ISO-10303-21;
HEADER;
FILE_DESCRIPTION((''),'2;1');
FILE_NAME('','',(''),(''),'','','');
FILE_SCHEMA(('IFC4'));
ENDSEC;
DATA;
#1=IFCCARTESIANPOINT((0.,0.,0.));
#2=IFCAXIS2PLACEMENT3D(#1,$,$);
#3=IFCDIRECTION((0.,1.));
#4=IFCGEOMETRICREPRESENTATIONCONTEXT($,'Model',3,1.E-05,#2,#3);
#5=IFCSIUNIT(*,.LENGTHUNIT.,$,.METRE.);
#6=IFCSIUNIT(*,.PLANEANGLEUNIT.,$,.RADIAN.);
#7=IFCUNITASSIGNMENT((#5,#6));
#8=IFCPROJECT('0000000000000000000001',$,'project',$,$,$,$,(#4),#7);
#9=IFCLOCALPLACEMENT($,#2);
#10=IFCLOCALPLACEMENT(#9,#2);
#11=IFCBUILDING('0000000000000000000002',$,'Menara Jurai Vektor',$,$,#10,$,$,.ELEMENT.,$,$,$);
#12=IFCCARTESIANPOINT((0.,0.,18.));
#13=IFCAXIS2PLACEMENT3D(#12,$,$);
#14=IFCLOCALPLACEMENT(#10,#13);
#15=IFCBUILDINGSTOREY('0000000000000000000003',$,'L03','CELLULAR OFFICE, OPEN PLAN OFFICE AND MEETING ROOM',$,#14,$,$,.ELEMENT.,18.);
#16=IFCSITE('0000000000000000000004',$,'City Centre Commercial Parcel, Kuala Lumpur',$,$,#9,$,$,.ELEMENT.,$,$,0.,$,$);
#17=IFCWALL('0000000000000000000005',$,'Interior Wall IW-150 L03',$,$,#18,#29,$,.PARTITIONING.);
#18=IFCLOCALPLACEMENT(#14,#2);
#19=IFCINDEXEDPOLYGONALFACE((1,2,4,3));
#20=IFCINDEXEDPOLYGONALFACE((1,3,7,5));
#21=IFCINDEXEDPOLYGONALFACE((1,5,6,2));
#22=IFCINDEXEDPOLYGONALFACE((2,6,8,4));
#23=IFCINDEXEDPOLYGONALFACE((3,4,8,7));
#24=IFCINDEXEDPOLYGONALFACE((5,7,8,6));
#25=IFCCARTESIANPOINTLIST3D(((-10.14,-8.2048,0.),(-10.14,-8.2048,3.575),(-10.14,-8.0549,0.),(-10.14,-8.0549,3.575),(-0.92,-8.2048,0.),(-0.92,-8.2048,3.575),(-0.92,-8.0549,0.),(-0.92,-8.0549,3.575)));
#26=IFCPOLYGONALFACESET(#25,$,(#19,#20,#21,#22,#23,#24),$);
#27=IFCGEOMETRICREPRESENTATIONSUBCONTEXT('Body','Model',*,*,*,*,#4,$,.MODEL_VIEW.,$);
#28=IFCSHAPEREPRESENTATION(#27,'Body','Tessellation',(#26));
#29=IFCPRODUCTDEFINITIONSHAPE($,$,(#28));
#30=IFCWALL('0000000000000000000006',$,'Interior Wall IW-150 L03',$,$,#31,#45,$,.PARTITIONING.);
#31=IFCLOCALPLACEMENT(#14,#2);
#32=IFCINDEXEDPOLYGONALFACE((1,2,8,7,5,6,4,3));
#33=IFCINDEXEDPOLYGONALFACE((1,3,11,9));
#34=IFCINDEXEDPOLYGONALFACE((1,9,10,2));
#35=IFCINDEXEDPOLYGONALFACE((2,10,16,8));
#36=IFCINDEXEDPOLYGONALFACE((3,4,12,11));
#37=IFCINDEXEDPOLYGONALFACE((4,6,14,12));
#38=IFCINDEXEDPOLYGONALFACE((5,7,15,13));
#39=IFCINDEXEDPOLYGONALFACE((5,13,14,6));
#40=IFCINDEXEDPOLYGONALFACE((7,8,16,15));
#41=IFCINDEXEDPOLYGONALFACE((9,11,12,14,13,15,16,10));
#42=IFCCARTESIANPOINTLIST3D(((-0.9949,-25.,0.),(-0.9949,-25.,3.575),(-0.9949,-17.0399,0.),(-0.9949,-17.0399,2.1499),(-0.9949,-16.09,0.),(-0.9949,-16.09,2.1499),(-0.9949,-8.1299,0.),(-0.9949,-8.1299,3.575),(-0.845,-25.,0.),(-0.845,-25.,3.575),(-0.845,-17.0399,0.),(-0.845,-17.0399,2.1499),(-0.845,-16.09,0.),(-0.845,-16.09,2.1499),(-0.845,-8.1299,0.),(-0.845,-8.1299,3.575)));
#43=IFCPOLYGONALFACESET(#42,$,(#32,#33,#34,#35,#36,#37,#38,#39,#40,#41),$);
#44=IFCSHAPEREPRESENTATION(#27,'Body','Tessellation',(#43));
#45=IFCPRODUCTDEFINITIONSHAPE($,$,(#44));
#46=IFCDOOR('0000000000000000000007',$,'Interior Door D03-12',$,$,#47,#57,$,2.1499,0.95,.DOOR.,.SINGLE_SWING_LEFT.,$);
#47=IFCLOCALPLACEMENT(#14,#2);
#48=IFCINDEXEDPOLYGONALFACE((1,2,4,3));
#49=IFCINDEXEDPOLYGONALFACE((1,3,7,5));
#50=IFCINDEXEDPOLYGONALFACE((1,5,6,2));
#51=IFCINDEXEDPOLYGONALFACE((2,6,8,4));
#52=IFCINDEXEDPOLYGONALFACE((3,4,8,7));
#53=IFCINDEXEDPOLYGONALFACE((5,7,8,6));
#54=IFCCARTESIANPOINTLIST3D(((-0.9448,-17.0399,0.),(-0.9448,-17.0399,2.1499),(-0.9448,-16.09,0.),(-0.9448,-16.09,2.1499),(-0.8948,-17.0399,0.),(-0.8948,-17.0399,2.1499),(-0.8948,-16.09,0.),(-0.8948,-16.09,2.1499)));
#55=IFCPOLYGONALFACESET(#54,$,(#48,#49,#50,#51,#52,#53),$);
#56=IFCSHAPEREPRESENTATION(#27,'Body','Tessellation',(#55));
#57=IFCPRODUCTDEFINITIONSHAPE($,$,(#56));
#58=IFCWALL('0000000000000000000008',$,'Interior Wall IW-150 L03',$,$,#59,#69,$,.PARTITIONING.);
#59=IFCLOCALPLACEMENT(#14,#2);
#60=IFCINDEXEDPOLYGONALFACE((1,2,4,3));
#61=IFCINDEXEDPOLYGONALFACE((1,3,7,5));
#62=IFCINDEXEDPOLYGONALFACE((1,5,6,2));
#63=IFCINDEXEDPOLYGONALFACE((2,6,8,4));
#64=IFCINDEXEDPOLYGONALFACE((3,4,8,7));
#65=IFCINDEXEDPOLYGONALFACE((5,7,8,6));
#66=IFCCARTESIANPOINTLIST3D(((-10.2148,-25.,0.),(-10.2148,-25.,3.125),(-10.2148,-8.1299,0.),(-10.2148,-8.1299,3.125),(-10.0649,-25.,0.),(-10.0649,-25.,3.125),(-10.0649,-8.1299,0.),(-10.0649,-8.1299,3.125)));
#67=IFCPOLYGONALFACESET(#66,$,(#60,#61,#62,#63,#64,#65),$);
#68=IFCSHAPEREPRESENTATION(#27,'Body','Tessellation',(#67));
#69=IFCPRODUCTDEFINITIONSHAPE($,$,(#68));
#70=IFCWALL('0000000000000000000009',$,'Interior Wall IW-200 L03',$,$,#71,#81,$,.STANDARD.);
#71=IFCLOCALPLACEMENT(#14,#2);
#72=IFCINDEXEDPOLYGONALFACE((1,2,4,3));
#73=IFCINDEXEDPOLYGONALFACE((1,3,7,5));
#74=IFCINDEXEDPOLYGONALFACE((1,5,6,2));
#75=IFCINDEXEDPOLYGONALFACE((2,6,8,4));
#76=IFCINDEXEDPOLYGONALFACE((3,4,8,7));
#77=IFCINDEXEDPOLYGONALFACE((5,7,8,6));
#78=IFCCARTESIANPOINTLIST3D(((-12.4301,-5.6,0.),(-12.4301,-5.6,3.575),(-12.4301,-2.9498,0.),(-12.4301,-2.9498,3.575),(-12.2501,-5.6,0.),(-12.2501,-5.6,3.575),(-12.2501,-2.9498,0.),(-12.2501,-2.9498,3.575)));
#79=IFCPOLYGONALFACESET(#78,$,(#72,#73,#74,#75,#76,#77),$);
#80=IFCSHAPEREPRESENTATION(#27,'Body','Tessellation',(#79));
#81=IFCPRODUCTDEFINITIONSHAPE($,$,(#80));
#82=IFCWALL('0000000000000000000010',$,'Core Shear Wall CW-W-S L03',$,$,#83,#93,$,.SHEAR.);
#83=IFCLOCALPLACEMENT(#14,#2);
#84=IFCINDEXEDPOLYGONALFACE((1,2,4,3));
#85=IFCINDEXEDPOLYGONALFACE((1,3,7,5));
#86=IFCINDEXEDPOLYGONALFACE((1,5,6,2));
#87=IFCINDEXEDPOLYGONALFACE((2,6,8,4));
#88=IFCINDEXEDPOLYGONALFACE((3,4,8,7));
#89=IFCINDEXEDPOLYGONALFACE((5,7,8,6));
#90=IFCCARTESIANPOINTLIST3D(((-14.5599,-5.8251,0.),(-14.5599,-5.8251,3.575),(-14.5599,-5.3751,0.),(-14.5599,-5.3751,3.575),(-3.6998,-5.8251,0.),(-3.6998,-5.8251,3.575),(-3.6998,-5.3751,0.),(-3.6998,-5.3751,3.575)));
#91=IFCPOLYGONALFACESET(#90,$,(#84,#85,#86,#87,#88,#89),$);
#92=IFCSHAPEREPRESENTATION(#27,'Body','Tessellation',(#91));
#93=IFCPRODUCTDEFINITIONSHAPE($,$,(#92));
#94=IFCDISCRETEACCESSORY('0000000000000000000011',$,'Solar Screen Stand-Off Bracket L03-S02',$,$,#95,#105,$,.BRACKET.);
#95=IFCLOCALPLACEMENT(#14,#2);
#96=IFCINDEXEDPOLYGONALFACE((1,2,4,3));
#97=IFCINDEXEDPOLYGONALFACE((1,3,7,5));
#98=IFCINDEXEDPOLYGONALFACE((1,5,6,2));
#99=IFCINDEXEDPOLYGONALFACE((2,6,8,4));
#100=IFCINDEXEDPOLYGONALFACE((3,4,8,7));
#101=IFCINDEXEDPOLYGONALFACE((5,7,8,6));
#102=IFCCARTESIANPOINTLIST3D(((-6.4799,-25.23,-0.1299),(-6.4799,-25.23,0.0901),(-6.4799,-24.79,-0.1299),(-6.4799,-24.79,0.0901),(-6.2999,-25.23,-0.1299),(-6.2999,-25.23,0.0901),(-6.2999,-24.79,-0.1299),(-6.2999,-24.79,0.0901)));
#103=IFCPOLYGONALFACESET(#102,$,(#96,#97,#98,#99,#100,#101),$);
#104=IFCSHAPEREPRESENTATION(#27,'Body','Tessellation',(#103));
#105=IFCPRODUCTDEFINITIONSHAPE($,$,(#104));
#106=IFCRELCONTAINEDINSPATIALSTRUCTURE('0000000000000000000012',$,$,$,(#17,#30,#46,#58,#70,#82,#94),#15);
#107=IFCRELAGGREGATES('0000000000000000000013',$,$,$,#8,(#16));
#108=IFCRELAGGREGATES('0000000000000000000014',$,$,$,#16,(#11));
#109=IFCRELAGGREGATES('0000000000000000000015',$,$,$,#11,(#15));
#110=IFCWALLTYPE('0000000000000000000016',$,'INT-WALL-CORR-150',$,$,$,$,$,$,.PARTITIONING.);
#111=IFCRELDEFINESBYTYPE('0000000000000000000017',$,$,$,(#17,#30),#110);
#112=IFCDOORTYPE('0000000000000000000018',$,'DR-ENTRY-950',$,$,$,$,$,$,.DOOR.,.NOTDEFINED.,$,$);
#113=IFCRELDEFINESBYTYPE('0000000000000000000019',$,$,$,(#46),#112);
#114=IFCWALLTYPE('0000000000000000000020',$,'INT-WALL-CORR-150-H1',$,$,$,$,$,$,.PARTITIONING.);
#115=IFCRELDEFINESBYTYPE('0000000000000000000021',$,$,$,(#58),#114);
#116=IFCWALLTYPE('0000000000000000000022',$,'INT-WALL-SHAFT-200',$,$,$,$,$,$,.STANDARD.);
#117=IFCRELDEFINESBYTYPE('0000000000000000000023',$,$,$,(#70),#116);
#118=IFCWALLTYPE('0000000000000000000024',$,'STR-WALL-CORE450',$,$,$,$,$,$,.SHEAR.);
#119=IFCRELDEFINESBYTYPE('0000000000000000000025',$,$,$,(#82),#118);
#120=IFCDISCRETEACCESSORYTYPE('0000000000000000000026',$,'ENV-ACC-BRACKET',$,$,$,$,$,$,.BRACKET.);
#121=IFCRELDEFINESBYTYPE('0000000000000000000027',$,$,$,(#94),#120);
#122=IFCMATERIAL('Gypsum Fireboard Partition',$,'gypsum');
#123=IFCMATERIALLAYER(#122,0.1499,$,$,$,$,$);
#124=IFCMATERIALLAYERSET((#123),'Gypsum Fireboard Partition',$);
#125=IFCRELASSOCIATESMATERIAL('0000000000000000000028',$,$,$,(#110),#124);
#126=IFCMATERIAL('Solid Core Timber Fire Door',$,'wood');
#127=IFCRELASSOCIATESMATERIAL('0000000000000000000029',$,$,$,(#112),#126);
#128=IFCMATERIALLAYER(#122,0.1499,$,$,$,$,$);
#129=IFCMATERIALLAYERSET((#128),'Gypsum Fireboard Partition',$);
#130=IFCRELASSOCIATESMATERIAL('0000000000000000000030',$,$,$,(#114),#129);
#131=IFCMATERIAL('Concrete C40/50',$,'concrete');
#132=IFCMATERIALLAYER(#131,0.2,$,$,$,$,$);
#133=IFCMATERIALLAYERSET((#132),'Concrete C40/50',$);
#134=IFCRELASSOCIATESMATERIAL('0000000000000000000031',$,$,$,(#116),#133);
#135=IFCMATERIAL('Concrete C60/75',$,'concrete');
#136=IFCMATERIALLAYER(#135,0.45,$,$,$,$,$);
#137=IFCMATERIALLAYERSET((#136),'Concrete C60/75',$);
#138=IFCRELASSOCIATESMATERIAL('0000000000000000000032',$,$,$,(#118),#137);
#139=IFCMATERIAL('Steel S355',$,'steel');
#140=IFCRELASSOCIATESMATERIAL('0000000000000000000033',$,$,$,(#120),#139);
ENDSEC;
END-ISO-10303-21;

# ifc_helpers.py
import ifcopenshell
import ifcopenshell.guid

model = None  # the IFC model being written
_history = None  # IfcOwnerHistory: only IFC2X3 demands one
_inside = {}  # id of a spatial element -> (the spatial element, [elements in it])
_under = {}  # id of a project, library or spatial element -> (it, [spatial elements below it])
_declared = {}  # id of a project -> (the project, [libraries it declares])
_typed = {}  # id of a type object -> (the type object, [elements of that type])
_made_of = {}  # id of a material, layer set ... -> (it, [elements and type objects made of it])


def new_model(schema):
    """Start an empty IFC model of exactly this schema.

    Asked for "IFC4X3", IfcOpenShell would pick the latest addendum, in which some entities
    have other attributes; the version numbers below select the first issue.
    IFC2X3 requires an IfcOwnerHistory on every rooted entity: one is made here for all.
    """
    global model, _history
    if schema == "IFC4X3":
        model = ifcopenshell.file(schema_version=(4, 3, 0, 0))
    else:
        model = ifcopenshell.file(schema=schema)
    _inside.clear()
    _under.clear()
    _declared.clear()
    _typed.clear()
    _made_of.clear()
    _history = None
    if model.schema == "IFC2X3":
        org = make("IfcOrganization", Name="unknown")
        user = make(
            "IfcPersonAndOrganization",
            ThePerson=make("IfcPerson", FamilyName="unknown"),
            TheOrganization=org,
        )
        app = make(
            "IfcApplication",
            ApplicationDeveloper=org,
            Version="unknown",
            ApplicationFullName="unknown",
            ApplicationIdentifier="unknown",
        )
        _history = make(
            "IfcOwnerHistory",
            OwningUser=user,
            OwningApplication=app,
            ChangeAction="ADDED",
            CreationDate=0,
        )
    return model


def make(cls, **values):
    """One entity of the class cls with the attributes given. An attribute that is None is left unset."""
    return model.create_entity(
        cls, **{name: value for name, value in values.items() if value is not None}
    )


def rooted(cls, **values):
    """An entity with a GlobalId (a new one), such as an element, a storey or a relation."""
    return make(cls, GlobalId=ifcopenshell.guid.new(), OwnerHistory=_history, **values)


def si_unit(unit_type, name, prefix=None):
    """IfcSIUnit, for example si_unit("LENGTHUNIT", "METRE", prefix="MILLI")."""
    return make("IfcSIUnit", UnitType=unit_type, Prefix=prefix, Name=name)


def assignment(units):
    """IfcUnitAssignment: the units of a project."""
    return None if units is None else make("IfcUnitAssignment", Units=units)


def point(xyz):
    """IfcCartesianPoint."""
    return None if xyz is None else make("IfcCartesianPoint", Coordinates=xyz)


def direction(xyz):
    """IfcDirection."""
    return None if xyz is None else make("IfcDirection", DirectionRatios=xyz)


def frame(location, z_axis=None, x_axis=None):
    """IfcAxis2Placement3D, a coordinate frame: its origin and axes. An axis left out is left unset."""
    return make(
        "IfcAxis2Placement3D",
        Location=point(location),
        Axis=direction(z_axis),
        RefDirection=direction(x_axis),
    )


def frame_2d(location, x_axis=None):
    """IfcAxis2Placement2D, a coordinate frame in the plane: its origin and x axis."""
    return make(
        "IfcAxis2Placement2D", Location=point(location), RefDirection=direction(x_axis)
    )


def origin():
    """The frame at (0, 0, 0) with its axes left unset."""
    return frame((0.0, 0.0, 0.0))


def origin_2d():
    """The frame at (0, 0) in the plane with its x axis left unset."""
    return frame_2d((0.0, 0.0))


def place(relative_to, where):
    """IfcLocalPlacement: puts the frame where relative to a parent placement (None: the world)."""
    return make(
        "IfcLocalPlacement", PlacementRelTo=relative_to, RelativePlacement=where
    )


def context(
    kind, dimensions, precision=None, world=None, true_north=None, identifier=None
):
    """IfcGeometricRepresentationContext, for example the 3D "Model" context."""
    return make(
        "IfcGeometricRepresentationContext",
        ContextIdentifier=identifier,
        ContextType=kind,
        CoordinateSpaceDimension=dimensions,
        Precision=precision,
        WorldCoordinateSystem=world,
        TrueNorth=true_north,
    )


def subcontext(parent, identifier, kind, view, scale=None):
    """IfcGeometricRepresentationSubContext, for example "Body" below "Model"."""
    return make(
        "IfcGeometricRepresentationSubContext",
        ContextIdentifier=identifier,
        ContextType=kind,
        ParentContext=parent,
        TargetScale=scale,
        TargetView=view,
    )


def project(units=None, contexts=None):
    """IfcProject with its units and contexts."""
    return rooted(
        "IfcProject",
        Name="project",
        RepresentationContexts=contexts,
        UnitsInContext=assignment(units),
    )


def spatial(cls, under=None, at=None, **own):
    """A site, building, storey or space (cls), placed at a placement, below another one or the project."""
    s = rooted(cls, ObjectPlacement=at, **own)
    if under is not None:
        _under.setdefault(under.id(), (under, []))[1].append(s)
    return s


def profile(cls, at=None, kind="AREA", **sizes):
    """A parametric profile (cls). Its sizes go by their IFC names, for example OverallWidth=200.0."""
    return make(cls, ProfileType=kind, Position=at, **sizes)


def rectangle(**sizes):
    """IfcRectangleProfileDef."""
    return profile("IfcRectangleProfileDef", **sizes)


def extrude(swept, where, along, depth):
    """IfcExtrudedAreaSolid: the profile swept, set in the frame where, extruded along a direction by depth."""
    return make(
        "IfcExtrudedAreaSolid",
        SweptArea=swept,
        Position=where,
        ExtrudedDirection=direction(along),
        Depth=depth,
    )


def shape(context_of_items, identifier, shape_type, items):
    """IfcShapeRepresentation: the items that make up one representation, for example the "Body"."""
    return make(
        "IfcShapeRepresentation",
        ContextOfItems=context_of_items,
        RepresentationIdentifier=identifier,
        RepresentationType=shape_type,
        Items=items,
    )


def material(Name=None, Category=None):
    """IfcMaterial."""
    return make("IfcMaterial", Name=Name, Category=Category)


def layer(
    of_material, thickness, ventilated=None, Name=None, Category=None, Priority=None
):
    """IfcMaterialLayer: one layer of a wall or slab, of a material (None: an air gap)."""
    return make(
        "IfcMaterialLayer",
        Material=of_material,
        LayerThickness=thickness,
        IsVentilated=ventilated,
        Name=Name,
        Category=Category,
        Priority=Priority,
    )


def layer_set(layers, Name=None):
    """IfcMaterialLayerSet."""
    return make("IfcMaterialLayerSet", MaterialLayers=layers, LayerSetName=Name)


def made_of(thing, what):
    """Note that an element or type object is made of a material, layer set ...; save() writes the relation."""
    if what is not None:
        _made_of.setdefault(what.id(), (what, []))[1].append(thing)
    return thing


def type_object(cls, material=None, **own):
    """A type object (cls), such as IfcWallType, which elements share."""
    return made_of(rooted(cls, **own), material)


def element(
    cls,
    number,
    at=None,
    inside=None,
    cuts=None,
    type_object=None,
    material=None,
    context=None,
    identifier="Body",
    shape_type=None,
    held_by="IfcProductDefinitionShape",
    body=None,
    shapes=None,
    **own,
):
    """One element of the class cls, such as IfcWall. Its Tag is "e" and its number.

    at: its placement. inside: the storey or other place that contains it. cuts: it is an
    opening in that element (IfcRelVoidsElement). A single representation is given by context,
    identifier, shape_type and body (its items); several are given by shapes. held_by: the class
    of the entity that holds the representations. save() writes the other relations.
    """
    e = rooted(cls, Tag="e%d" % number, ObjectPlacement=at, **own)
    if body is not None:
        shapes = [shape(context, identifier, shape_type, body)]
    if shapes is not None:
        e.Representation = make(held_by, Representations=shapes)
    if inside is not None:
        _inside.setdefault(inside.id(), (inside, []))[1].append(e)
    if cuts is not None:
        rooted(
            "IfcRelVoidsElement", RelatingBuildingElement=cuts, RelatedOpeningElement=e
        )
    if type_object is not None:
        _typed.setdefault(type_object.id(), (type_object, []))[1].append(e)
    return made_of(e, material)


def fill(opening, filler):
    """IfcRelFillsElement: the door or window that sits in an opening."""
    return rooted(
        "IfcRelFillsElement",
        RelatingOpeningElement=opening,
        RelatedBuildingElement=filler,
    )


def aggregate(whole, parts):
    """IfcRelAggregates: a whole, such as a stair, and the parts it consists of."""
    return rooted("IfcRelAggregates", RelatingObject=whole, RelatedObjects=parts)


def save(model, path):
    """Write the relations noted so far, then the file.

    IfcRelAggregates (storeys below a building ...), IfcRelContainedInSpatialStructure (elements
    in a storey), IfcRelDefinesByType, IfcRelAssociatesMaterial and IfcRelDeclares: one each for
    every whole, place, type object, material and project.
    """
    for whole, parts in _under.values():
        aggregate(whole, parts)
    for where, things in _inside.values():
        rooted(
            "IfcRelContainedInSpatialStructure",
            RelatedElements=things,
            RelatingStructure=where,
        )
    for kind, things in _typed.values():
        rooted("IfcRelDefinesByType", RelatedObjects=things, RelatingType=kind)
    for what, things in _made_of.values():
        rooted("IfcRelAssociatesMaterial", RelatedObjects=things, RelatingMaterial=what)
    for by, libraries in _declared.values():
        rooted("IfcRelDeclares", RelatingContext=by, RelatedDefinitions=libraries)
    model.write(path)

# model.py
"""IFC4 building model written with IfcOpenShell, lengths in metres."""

from ifc_helpers import new_model, si_unit, direction, frame, frame_2d, origin, origin_2d, place, context, subcontext, project, spatial, rectangle, extrude, material, layer, layer_set, type_object, element, fill, save


model = new_model("IFC4")

# Units and contexts
model_context = context("Model", 3, precision=1e-05, world=origin(), true_north=direction((0.0, 1.0)))
body_context = subcontext(model_context, "Body", "Model", "MODEL_VIEW")
ifc_project = project(units=[si_unit("LENGTHUNIT", "METRE"), si_unit("PLANEANGLEUNIT", "RADIAN")], contexts=[model_context])

# Site, building, storey
site_placement = place(None, origin())
site = spatial("IfcSite", under=ifc_project, at=site_placement, Name="City Centre Commercial Parcel, Kuala Lumpur", CompositionType="ELEMENT", RefElevation=0.0)
building_placement = place(site_placement, origin())
building = spatial("IfcBuilding", under=site, at=building_placement, Name="Menara Jurai Vektor", CompositionType="ELEMENT")
storey_placement = place(building_placement, frame((0.0, 0.0, 18.0)))
storey = spatial("IfcBuildingStorey", under=building, at=storey_placement, Name="L03", Description="CELLULAR OFFICE, OPEN PLAN OFFICE AND MEETING ROOM", CompositionType="ELEMENT", Elevation=18.0)

# Shared definitions
ifc_material_1 = material(Name="Concrete C60/75", Category="concrete")

# Shared definitions
ifc_material_2 = material(Name="Steel S355", Category="steel")

# Shared definitions
ifc_material_3 = material(Name="Gypsum Fireboard Partition", Category="gypsum")
ifc_layer_1 = layer(ifc_material_3, 0.1499)
ifc_layer_set_1 = layer_set([ifc_layer_1], Name="Gypsum Fireboard Partition")
wall_type_1 = type_object("IfcWallType", Name="INT-WALL-CORR-150", PredefinedType="PARTITIONING", material=ifc_layer_set_1)

# Shared definitions
ifc_material_4 = material(Name="Solid Core Timber Fire Door", Category="wood")
door_type = type_object("IfcDoorType", Name="DR-ENTRY-950", OperationType="NOTDEFINED", PredefinedType="DOOR", material=ifc_material_4)

# Wall
wall_1_placement = place(storey_placement, frame((-10.1399, -8.1299, 0.0), z_axis=(0.0, 0.0, 1.0), x_axis=(1.0, 0.0, 0.0)))
element("IfcWall", 1, at=wall_1_placement, inside=storey, type_object=wall_type_1, Name="Interior Wall IW-150 L03", PredefinedType="PARTITIONING", context=body_context, shape_type="SweptSolid", body=[
    extrude(rectangle(XDim=9.22, YDim=0.1499, at=frame_2d((4.6099, 0.0))), origin(), (0.0, 0.0, 1.0), 3.575),
])

# Wall, opening, door
wall_2_placement = place(storey_placement, frame((-0.9199, -25.0, 0.0), z_axis=(0.0, 0.0, 1.0), x_axis=(0.0, 1.0, 0.0)))
wall_2 = element("IfcWall", 2, at=wall_2_placement, inside=storey, type_object=wall_type_1, Name="Interior Wall IW-150 L03", PredefinedType="PARTITIONING", context=body_context, shape_type="SweptSolid", body=[
    extrude(rectangle(XDim=16.8701, YDim=0.1499, at=frame_2d((8.4351, 0.0))), origin(), (0.0, 0.0, 1.0), 3.575),
])
opening_1_placement = place(wall_2_placement, frame((7.96, 0.0, 0.0)))
opening_1 = element("IfcOpeningElement", 3, at=opening_1_placement, cuts=wall_2, PredefinedType="OPENING", context=body_context, shape_type="SweptSolid", body=[
    extrude(rectangle(XDim=0.95, YDim=2.1499, at=frame_2d((0.4751, 1.075))), frame((0.0, 0.085, 0.0), z_axis=(0.0, -1.0, 0.0), x_axis=(1.0, 0.0, 0.0)), (0.0, 0.0, 1.0), 0.1699),
])
door_1_placement = place(opening_1_placement, origin())
door_1 = element("IfcDoor", 4, at=door_1_placement, inside=storey, type_object=door_type, Name="Interior Door D03-12", OperationType="SINGLE_SWING_LEFT", OverallHeight=2.1499, OverallWidth=0.95, PredefinedType="DOOR", context=body_context, shape_type="SweptSolid", body=[
    extrude(rectangle(XDim=0.95, YDim=2.1499, at=frame_2d((0.4751, 1.075))), frame((0.0, 0.0249, 0.0), z_axis=(0.0, -1.0, 0.0), x_axis=(1.0, 0.0, 0.0)), (0.0, 0.0, 1.0), 0.05),
])
fill(opening_1, door_1)

# Walls
ifc_layer_2 = layer(ifc_material_3, 0.1499)
ifc_layer_set_2 = layer_set([ifc_layer_2], Name="Gypsum Fireboard Partition")
wall_type_2 = type_object("IfcWallType", Name="INT-WALL-CORR-150-H1", PredefinedType="PARTITIONING", material=ifc_layer_set_2)
wall_3_placement = place(storey_placement, frame((-10.1399, -25.0, 0.0), z_axis=(0.0, 0.0, 1.0), x_axis=(0.0, 1.0, 0.0)))
element("IfcWall", 5, at=wall_3_placement, inside=storey, type_object=wall_type_2, Name="Interior Wall IW-150 L03", PredefinedType="PARTITIONING", context=body_context, shape_type="SweptSolid", body=[
    extrude(rectangle(XDim=16.8701, YDim=0.1499, at=frame_2d((8.4351, 0.0))), origin(), (0.0, 0.0, 1.0), 3.125),
])
ifc_material_5 = material(Name="Concrete C40/50", Category="concrete")
ifc_layer_3 = layer(ifc_material_5, 0.2)
ifc_layer_set_3 = layer_set([ifc_layer_3], Name="Concrete C40/50")
wall_type_3 = type_object("IfcWallType", Name="INT-WALL-SHAFT-200", PredefinedType="STANDARD", material=ifc_layer_set_3)
wall_4_placement = place(storey_placement, frame((-12.3401, -5.6001, 0.0), z_axis=(0.0, 0.0, 1.0), x_axis=(0.0, 1.0, 0.0)))
element("IfcWall", 6, at=wall_4_placement, inside=storey, type_object=wall_type_3, Name="Interior Wall IW-200 L03", PredefinedType="STANDARD", context=body_context, shape_type="SweptSolid", body=[
    extrude(rectangle(XDim=2.6501, YDim=0.1799, at=frame_2d((1.3252, 0.0))), origin(), (0.0, 0.0, 1.0), 3.575),
])
ifc_layer_4 = layer(ifc_material_1, 0.45)
ifc_layer_set_4 = layer_set([ifc_layer_4], Name="Concrete C60/75")
wall_type_4 = type_object("IfcWallType", Name="STR-WALL-CORE450", PredefinedType="SHEAR", material=ifc_layer_set_4)
wall_5_placement = place(storey_placement, frame((-14.5601, -5.6001, 0.0), z_axis=(0.0, 0.0, 1.0), x_axis=(1.0, 0.0, 0.0)))
element("IfcWall", 7, at=wall_5_placement, inside=storey, type_object=wall_type_4, Name="Core Shear Wall CW-W-S L03", PredefinedType="SHEAR", context=body_context, shape_type="SweptSolid", body=[
    extrude(rectangle(XDim=10.8601, YDim=0.45, at=frame_2d((5.4302, 0.0))), origin(), (0.0, 0.0, 1.0), 3.575),
])

# Discrete accessory
discrete_accessory_type = type_object("IfcDiscreteAccessoryType", Name="ENV-ACC-BRACKET", PredefinedType="BRACKET", material=ifc_material_2)
discrete_accessory_placement = place(storey_placement, frame((-6.3899, -25.01, -0.1299), z_axis=(0.0, 0.0, 1.0), x_axis=(1.0, 0.0, 0.0)))
element("IfcDiscreteAccessory", 8, at=discrete_accessory_placement, inside=storey, type_object=discrete_accessory_type, Name="Solar Screen Stand-Off Bracket L03-S02", PredefinedType="BRACKET", context=body_context, shape_type="SweptSolid", body=[
    extrude(rectangle(XDim=0.1799, YDim=0.4399, at=origin_2d()), origin(), (0.0, 0.0, 1.0), 0.22),
])

save(model, "model.ifc")
